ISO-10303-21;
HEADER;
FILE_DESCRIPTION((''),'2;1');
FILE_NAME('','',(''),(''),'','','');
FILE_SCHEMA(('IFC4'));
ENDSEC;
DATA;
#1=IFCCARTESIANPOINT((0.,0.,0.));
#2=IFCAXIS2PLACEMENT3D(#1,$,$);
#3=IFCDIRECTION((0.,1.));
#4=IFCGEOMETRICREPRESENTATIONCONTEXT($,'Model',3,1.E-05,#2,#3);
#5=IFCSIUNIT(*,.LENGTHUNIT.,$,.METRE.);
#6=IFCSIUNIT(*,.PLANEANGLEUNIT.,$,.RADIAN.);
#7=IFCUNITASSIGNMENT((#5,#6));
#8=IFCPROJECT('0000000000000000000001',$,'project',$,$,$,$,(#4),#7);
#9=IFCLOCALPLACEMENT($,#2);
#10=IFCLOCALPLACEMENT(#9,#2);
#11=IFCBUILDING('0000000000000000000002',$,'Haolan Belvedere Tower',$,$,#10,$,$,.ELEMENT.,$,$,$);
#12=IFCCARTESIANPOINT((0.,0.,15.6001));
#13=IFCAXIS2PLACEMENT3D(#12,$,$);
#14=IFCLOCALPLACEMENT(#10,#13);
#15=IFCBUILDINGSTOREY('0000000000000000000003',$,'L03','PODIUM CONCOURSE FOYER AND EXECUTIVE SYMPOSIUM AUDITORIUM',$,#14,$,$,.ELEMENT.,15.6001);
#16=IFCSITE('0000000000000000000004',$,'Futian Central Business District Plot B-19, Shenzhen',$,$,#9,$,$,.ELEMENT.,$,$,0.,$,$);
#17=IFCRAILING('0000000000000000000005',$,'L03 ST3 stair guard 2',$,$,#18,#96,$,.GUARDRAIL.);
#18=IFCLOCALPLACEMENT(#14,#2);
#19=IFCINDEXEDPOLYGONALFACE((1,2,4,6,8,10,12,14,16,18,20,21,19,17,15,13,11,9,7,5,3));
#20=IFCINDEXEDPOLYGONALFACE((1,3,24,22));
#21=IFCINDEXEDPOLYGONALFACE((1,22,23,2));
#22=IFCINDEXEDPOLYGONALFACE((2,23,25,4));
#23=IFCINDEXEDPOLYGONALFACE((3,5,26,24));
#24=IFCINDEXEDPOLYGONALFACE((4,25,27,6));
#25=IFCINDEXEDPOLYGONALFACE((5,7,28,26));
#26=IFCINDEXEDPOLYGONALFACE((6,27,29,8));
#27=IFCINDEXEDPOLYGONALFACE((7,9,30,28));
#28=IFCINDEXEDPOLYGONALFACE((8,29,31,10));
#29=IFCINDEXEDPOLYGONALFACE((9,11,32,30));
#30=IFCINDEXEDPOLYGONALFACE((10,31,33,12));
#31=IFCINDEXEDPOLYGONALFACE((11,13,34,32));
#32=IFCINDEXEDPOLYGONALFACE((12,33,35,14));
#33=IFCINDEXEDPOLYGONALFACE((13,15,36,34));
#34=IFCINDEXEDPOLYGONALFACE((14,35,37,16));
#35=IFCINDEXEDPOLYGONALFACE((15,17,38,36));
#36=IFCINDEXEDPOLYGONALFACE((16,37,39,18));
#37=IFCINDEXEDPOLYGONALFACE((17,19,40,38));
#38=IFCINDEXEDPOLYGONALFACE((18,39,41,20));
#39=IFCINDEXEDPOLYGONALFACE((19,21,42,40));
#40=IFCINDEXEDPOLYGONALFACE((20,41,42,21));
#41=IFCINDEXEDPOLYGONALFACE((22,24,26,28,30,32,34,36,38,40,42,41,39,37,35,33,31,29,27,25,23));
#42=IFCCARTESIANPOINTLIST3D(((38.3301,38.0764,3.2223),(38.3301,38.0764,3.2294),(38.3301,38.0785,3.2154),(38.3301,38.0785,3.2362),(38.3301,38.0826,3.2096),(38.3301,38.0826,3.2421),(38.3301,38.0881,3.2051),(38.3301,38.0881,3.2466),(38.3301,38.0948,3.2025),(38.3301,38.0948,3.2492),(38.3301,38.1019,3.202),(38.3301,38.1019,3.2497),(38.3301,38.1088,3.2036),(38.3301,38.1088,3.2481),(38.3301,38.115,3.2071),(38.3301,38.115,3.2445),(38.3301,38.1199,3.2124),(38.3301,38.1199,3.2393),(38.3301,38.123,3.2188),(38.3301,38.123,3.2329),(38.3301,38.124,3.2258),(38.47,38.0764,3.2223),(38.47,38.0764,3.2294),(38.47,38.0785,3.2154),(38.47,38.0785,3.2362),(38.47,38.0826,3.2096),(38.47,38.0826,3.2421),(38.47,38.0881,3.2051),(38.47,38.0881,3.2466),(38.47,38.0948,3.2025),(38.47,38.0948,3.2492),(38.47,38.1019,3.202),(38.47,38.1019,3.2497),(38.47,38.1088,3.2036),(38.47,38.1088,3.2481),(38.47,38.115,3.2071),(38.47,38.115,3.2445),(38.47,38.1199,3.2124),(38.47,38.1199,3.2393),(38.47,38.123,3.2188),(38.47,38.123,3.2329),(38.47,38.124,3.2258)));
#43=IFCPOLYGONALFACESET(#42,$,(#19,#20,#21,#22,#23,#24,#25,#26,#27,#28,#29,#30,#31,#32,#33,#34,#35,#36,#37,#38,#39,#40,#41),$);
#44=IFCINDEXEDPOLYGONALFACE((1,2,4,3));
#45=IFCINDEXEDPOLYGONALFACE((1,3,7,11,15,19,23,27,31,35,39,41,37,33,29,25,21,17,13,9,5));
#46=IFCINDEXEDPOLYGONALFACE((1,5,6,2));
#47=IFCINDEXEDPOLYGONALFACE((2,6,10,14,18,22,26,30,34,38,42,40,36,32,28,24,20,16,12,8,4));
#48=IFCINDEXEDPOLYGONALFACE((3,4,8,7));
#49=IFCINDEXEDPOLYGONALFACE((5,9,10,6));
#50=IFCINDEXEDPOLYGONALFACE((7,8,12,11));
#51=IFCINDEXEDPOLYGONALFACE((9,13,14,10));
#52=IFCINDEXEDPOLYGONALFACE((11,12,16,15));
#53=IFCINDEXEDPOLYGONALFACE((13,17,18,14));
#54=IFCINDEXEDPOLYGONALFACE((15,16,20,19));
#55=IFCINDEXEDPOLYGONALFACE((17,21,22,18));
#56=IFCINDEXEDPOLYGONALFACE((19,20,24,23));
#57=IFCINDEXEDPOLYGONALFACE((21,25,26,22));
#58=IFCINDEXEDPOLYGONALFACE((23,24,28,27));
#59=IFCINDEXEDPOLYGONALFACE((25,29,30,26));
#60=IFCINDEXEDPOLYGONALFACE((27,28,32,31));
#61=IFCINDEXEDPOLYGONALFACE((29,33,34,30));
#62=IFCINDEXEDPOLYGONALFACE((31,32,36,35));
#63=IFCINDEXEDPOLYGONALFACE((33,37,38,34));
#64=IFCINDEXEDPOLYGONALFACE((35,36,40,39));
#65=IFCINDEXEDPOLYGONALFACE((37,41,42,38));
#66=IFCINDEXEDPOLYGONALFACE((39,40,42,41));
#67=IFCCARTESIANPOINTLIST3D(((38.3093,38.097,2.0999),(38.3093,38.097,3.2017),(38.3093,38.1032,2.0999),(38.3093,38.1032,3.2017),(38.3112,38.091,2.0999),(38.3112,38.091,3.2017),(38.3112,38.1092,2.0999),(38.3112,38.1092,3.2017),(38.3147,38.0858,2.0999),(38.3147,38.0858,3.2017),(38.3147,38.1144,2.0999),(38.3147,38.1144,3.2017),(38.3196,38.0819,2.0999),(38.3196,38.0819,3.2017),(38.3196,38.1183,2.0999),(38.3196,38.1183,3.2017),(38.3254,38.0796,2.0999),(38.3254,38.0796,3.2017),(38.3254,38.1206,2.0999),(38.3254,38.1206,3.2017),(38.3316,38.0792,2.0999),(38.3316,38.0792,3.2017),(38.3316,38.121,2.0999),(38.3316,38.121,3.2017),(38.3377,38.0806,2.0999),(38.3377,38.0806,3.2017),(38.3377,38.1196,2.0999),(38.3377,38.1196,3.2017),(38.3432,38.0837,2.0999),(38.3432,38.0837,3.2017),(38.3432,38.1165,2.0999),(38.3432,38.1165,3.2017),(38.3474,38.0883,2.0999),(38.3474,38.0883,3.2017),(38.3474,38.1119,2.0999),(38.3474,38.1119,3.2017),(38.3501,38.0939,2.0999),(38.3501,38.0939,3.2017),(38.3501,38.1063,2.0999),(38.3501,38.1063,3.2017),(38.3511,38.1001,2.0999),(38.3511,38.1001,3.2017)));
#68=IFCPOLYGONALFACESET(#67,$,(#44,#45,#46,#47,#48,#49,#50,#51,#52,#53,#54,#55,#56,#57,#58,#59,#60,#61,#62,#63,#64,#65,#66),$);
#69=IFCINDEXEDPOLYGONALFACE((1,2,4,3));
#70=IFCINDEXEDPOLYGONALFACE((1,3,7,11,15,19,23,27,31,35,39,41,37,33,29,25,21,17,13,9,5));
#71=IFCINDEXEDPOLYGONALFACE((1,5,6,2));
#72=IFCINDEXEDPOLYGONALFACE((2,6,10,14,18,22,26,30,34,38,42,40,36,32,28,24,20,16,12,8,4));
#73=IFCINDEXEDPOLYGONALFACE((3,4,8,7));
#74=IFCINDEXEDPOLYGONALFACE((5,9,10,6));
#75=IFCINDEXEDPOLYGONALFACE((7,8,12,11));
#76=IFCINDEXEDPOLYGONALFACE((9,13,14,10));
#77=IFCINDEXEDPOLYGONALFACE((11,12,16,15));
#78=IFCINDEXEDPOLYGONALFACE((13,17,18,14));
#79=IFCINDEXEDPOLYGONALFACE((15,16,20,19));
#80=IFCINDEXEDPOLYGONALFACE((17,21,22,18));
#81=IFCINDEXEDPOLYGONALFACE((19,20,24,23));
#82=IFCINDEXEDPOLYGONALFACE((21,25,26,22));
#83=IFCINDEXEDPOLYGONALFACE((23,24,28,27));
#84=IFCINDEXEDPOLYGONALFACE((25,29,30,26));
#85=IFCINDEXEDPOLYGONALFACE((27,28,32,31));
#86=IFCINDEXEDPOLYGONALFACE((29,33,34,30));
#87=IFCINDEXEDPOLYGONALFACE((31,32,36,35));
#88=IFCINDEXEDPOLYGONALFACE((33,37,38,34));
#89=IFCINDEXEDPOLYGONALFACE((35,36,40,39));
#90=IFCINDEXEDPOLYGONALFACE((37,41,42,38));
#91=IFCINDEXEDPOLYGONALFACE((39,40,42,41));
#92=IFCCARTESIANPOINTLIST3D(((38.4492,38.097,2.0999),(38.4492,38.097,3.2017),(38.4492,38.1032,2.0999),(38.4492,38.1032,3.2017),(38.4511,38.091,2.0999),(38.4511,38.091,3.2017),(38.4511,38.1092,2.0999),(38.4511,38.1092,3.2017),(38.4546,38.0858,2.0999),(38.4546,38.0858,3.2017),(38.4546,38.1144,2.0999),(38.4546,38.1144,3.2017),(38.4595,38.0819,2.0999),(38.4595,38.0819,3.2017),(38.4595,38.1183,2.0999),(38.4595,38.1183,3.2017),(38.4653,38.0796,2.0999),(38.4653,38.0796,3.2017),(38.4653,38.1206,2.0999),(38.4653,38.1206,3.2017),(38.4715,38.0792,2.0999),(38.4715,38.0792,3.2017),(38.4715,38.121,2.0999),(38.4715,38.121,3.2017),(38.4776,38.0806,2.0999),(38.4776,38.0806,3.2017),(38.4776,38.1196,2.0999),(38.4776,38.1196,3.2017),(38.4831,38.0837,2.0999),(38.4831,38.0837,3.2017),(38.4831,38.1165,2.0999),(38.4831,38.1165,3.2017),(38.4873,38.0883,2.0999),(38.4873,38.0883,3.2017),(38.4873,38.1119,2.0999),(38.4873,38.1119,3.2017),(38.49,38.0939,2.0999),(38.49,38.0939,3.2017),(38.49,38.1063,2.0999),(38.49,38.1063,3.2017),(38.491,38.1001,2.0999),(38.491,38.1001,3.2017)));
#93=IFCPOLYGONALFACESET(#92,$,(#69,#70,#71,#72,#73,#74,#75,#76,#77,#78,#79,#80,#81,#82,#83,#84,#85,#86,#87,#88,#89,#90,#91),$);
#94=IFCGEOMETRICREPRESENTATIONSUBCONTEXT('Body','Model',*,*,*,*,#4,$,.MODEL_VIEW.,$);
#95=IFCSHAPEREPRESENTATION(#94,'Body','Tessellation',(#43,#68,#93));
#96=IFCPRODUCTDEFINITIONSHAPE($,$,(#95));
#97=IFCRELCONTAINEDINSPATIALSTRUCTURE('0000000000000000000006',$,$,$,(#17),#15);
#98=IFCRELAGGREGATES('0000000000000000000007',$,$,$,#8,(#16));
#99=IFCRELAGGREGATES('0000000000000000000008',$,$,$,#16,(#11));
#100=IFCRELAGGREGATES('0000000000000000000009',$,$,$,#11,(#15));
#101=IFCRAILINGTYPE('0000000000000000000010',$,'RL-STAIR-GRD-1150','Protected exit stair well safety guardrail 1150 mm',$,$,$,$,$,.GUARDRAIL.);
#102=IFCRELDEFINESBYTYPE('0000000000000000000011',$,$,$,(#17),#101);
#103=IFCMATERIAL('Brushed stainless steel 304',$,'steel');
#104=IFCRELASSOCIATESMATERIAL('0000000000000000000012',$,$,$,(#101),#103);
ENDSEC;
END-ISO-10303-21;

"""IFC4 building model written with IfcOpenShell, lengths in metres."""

from ifc_helpers import new_model, si_unit, direction, frame, origin, origin_2d, place, context, subcontext, project, spatial, circle, extrude, material, type_object, element, save


model = new_model("IFC4")

# Units and contexts
model_context = context("Model", 3, precision=1e-05, world=origin(), true_north=direction((0.0, 1.0)))
body_context = subcontext(model_context, "Body", "Model", "MODEL_VIEW")
ifc_project = project(units=[si_unit("LENGTHUNIT", "METRE"), si_unit("PLANEANGLEUNIT", "RADIAN")], contexts=[model_context])

# Site, building, storey
site_placement = place(None, origin())
site = spatial("IfcSite", under=ifc_project, at=site_placement, Name="Futian Central Business District Plot B-19, Shenzhen", CompositionType="ELEMENT", RefElevation=0.0)
building_placement = place(site_placement, origin())
building = spatial("IfcBuilding", under=site, at=building_placement, Name="Haolan Belvedere Tower", CompositionType="ELEMENT")
storey_placement = place(building_placement, frame((0.0, 0.0, 15.6001)))
storey = spatial("IfcBuildingStorey", under=building, at=storey_placement, Name="L03", Description="PODIUM CONCOURSE FOYER AND EXECUTIVE SYMPOSIUM AUDITORIUM", CompositionType="ELEMENT", Elevation=15.6001)

# Railing
ifc_material_1 = material(Name="Brushed stainless steel 304", Category="steel")
railing_type_1 = type_object("IfcRailingType", Name="RL-STAIR-GRD-1150", Description="Protected exit stair well safety guardrail 1150 mm", PredefinedType="GUARDRAIL", material=ifc_material_1)
railing_1_placement = place(storey_placement, frame((38.3301, 38.1001, 2.0999)))
element("IfcRailing", 1, at=railing_1_placement, inside=storey, type_object=railing_type_1, Name="L03 ST3 stair guard 2", PredefinedType="GUARDRAIL", context=body_context, shape_type="SweptSolid", body=[
    extrude(circle(Radius=0.0239, at=origin_2d()), frame((0.0, 0.0, 1.126), z_axis=(1.0, 0.0, 0.0), x_axis=(0.0, 1.0, 0.0)), (0.0, 0.0, 1.0), 0.1399),
    extrude(circle(Radius=0.021, at=origin_2d()), origin(), (0.0, 0.0, 1.0), 1.1018),
    extrude(circle(Radius=0.021, at=origin_2d()), frame((0.1399, 0.0, 0.0)), (0.0, 0.0, 1.0), 1.1018),
])

save(model, "model.ifc")
